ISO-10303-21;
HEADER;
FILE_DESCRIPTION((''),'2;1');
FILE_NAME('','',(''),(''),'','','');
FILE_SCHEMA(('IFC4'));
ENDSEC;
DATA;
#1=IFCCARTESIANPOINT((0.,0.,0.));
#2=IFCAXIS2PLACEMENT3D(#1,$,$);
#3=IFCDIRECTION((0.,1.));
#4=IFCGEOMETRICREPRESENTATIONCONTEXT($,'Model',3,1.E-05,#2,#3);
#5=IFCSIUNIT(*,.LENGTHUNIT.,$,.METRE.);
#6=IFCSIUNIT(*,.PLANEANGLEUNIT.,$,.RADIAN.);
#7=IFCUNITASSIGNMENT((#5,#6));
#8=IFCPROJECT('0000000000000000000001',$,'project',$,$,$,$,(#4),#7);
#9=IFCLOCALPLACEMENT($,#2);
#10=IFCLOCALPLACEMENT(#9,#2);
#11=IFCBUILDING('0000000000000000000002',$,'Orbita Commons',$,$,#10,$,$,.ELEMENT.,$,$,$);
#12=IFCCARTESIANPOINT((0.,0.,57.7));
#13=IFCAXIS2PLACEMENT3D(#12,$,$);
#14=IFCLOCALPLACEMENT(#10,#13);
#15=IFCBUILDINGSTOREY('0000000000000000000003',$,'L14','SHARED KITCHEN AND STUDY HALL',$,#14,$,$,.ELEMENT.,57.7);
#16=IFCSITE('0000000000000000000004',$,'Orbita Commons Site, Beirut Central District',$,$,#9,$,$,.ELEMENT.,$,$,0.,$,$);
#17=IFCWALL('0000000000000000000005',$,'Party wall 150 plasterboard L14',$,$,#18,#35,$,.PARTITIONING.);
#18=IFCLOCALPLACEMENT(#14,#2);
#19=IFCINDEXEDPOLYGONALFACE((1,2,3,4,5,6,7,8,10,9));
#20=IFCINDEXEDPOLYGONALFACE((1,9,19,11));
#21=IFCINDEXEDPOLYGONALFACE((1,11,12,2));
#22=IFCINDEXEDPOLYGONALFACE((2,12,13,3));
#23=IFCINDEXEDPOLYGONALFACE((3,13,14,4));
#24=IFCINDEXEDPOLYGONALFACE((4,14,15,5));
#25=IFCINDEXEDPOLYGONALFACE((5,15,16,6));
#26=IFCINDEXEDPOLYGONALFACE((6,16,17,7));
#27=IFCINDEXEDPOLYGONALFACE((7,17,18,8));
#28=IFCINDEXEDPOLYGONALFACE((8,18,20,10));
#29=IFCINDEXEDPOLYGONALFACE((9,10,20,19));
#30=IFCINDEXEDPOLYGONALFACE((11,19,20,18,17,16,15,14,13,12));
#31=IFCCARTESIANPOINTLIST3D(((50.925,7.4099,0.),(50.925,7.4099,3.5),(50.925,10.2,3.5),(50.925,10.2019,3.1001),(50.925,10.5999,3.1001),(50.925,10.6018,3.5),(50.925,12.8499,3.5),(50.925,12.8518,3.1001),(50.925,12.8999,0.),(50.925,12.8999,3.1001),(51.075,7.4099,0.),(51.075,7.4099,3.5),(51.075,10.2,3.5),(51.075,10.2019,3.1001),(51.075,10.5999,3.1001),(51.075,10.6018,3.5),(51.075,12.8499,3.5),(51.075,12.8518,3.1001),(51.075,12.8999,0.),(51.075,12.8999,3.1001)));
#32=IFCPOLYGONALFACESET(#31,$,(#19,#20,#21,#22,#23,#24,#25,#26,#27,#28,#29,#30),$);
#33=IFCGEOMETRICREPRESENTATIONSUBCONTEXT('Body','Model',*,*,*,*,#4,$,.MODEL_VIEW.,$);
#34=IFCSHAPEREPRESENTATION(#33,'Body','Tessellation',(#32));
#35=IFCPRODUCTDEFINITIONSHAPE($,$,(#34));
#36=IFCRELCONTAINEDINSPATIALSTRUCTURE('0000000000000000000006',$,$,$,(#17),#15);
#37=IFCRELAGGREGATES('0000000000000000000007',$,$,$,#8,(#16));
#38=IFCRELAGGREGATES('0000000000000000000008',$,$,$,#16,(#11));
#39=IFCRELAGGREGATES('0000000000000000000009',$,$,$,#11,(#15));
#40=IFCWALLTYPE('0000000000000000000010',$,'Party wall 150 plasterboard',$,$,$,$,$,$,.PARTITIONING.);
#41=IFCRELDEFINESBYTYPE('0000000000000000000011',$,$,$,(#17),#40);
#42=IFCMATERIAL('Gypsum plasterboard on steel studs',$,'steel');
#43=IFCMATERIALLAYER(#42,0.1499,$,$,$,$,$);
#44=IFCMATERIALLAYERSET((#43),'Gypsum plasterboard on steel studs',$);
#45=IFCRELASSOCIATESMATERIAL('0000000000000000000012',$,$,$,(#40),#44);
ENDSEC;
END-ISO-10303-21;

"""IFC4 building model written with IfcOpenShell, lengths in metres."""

from ifc_helpers import new_model, si_unit, direction, frame, origin, place, context, subcontext, project, spatial, polyline, outline, extrude, material, layer, layer_set, type_object, element, save


model = new_model("IFC4")

# Units and contexts
model_context = context("Model", 3, precision=1e-05, world=origin(), true_north=direction((0.0, 1.0)))
body_context = subcontext(model_context, "Body", "Model", "MODEL_VIEW")
ifc_project = project(units=[si_unit("LENGTHUNIT", "METRE"), si_unit("PLANEANGLEUNIT", "RADIAN")], contexts=[model_context])

# Site, building, storey
site_placement = place(None, origin())
site = spatial("IfcSite", under=ifc_project, at=site_placement, Name="Orbita Commons Site, Beirut Central District", CompositionType="ELEMENT", RefElevation=0.0)
building_placement = place(site_placement, origin())
building = spatial("IfcBuilding", under=site, at=building_placement, Name="Orbita Commons", CompositionType="ELEMENT")
storey_placement = place(building_placement, frame((0.0, 0.0, 57.7)))
storey = spatial("IfcBuildingStorey", under=building, at=storey_placement, Name="L14", Description="SHARED KITCHEN AND STUDY HALL", CompositionType="ELEMENT", Elevation=57.7)

# Wall
ifc_material_1 = material(Name="Gypsum plasterboard on steel studs", Category="steel")
ifc_layer_1 = layer(ifc_material_1, 0.1499)
ifc_layer_set_1 = layer_set([ifc_layer_1], Name="Gypsum plasterboard on steel studs")
wall_type_1 = type_object("IfcWallType", Name="Party wall 150 plasterboard", PredefinedType="PARTITIONING", material=ifc_layer_set_1)
wall_1_placement = place(storey_placement, frame((51.0, 7.4099, 0.0), z_axis=(0.0, 0.0, 1.0), x_axis=(0.0, 1.0, 0.0)))
element("IfcWall", 1, at=wall_1_placement, inside=storey, type_object=wall_type_1, Name="Party wall 150 plasterboard L14", PredefinedType="PARTITIONING", context=body_context, shape_type="SweptSolid", body=[
    extrude(outline(polyline([(0.0, 0.0), (5.49, 0.0), (5.49, 3.1001), (5.4419, 3.1001), (5.4399, 3.5), (3.1919, 3.5), (3.1899, 3.1001), (2.792, 3.1001), (2.79, 3.5), (0.0, 3.5), (0.0, 0.0)])), frame((0.0, 0.075, 0.0), z_axis=(0.0, -1.0, 0.0), x_axis=(1.0, 0.0, 0.0)), (0.0, 0.0, 1.0), 0.1499),
])

save(model, "model.ifc")
